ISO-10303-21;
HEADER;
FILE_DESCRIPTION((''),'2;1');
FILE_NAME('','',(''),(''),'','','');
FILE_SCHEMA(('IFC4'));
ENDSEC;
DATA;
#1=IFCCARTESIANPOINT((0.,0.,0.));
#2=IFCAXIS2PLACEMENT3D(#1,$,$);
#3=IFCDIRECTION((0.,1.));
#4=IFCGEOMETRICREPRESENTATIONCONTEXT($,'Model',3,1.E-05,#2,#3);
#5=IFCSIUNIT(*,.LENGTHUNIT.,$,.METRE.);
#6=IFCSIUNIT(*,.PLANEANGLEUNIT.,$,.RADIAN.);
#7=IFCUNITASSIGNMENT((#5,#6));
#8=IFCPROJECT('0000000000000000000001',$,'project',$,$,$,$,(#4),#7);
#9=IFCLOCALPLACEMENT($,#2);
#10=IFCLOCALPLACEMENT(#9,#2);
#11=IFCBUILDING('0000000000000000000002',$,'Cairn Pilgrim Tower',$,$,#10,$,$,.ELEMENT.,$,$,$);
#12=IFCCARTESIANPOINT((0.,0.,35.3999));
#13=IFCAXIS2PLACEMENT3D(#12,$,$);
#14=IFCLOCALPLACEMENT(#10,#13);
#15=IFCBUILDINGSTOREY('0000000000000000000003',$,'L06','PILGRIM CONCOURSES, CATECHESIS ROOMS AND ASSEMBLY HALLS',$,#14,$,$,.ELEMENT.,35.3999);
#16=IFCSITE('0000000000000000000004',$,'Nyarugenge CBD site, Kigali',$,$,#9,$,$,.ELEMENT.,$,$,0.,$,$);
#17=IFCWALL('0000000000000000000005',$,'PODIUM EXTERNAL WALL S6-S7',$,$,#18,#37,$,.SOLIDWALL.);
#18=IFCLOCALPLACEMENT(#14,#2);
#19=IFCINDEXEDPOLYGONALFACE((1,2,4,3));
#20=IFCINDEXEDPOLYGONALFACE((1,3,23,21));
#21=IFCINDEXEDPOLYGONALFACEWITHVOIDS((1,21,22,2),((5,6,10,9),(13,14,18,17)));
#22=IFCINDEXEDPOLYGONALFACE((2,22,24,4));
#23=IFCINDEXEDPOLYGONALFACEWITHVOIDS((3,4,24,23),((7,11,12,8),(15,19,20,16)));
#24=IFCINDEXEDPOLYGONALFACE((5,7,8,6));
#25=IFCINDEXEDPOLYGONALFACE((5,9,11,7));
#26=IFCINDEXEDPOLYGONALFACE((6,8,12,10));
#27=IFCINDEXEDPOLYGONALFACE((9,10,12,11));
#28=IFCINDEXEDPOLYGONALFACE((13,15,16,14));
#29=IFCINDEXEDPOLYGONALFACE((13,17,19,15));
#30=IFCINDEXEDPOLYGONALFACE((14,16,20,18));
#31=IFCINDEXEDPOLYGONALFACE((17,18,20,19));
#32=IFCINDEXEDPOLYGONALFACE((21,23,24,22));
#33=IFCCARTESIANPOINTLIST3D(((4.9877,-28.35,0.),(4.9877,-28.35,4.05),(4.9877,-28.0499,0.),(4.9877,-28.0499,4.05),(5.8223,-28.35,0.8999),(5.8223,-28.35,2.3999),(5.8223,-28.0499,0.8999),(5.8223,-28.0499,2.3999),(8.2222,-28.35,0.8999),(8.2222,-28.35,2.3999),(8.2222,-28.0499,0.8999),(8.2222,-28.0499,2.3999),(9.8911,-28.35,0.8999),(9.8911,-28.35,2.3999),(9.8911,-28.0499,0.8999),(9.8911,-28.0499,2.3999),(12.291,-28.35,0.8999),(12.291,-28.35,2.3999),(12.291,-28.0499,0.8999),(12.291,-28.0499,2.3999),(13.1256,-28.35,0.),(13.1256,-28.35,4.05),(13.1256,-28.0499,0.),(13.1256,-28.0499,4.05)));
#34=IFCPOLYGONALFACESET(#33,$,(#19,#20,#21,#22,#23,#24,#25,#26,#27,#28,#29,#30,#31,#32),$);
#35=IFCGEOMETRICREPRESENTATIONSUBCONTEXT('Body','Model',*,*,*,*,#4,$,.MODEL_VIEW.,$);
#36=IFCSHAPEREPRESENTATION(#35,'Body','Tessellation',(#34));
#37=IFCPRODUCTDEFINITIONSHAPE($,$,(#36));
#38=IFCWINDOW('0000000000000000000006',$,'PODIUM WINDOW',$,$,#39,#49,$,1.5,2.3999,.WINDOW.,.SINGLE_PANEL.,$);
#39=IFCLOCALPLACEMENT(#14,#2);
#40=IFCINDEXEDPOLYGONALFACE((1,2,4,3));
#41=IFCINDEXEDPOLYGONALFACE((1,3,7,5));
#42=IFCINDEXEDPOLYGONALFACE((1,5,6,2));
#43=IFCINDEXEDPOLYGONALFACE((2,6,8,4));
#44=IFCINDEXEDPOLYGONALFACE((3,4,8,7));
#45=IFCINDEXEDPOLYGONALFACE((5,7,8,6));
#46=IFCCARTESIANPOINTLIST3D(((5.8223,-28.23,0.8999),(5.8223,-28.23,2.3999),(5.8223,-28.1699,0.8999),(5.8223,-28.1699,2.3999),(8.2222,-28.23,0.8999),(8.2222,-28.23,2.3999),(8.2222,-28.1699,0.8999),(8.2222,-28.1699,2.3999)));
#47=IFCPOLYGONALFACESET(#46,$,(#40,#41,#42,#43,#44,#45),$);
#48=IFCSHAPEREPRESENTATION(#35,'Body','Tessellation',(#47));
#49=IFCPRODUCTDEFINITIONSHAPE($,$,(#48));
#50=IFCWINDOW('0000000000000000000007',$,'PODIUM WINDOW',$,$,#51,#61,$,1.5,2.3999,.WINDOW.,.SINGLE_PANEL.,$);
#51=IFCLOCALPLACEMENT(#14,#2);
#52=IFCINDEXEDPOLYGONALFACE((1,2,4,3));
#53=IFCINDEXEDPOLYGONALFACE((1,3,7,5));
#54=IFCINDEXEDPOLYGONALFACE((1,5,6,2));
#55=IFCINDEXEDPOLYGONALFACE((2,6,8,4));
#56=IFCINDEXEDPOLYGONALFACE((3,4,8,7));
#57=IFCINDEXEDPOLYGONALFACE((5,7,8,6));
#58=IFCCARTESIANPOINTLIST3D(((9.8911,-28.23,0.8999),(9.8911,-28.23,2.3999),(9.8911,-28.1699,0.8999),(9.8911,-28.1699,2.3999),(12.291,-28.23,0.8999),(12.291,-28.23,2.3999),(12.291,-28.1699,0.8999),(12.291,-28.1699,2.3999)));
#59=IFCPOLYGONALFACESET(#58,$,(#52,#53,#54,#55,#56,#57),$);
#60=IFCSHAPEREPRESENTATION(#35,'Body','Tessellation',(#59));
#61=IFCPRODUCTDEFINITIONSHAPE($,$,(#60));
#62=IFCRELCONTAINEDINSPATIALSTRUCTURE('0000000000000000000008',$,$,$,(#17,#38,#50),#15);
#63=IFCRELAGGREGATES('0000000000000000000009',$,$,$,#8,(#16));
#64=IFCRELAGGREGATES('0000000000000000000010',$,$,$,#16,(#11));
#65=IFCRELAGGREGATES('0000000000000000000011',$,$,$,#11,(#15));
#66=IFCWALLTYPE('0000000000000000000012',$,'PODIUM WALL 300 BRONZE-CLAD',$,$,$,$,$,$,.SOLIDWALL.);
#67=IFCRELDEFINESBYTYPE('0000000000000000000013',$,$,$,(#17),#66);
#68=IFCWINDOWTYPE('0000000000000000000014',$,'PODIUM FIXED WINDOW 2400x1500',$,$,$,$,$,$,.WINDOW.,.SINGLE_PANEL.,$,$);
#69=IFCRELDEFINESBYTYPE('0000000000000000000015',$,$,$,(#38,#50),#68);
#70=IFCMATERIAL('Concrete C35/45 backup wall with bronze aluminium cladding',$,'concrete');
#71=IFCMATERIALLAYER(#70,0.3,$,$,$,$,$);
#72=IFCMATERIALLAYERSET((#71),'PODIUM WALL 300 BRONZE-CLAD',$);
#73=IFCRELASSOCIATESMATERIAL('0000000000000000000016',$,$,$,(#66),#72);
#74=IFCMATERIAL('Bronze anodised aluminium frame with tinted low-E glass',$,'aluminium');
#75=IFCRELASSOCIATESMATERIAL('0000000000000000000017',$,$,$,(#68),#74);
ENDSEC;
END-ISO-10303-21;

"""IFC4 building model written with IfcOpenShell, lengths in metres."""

from ifc_helpers import new_model, si_unit, direction, frame, frame_2d, origin, place, context, subcontext, project, spatial, rectangle, extrude, material, layer, layer_set, type_object, element, fill, save


model = new_model("IFC4")

# Units and contexts
model_context = context("Model", 3, precision=1e-05, world=origin(), true_north=direction((0.0, 1.0)))
body_context = subcontext(model_context, "Body", "Model", "MODEL_VIEW")
ifc_project = project(units=[si_unit("LENGTHUNIT", "METRE"), si_unit("PLANEANGLEUNIT", "RADIAN")], contexts=[model_context])

# Site, building, storey
site_placement = place(None, origin())
site = spatial("IfcSite", under=ifc_project, at=site_placement, Name="Nyarugenge CBD site, Kigali", CompositionType="ELEMENT", RefElevation=0.0)
building_placement = place(site_placement, origin())
building = spatial("IfcBuilding", under=site, at=building_placement, Name="Cairn Pilgrim Tower", CompositionType="ELEMENT")
storey_placement = place(building_placement, frame((0.0, 0.0, 35.3999)))
storey = spatial("IfcBuildingStorey", under=building, at=storey_placement, Name="L06", Description="PILGRIM CONCOURSES, CATECHESIS ROOMS AND ASSEMBLY HALLS", CompositionType="ELEMENT", Elevation=35.3999)

# Wall, openings, windows
ifc_material_1 = material(Name="Concrete C35/45 backup wall with bronze aluminium cladding", Category="concrete")
ifc_layer_1 = layer(ifc_material_1, 0.3)
ifc_layer_set_1 = layer_set([ifc_layer_1], Name="PODIUM WALL 300 BRONZE-CLAD")
wall_type_1 = type_object("IfcWallType", Name="PODIUM WALL 300 BRONZE-CLAD", PredefinedType="SOLIDWALL", material=ifc_layer_set_1)
ifc_material_2 = material(Name="Bronze anodised aluminium frame with tinted low-E glass", Category="aluminium")
window_type = type_object("IfcWindowType", Name="PODIUM FIXED WINDOW 2400x1500", PartitioningType="SINGLE_PANEL", PredefinedType="WINDOW", material=ifc_material_2)
wall_1_placement = place(storey_placement, frame((4.9878, -28.2, 0.0), z_axis=(0.0, 0.0, 1.0), x_axis=(1.0, 0.0, 0.0)))
wall_1 = element("IfcWall", 1, at=wall_1_placement, inside=storey, type_object=wall_type_1, Name="PODIUM EXTERNAL WALL S6-S7", PredefinedType="SOLIDWALL", context=body_context, shape_type="SweptSolid", body=[
    extrude(rectangle(XDim=8.1379, YDim=0.3, at=frame_2d((4.0688, 0.0))), origin(), (0.0, 0.0, 1.0), 4.05),
])
opening_1_placement = place(wall_1_placement, frame((0.8345, 0.0, 0.8999)))
opening_1 = element("IfcOpeningElement", 2, at=opening_1_placement, cuts=wall_1, PredefinedType="OPENING", context=body_context, shape_type="SweptSolid", body=[
    extrude(rectangle(XDim=2.3999, YDim=1.5, at=frame_2d((1.2, 0.75))), frame((0.0, 0.1602, 0.0), z_axis=(0.0, -1.0, 0.0), x_axis=(1.0, 0.0, 0.0)), (0.0, 0.0, 1.0), 0.3201),
])
opening_2_placement = place(wall_1_placement, frame((4.9033, 0.0, 0.8999)))
opening_2 = element("IfcOpeningElement", 3, at=opening_2_placement, cuts=wall_1, PredefinedType="OPENING", context=body_context, shape_type="SweptSolid", body=[
    extrude(rectangle(XDim=2.3999, YDim=1.5, at=frame_2d((1.2, 0.75))), frame((0.0, 0.1602, 0.0), z_axis=(0.0, -1.0, 0.0), x_axis=(1.0, 0.0, 0.0)), (0.0, 0.0, 1.0), 0.3201),
])
window_1_placement = place(opening_1_placement, origin())
window_1 = element("IfcWindow", 4, at=window_1_placement, inside=storey, type_object=window_type, Name="PODIUM WINDOW", OverallHeight=1.5, OverallWidth=2.3999, PartitioningType="SINGLE_PANEL", PredefinedType="WINDOW", context=body_context, shape_type="SweptSolid", body=[
    extrude(rectangle(XDim=2.3999, YDim=1.5, at=frame_2d((1.2, 0.75))), frame((0.0, 0.03, 0.0), z_axis=(0.0, -1.0, 0.0), x_axis=(1.0, 0.0, 0.0)), (0.0, 0.0, 1.0), 0.0601),
])
fill(opening_1, window_1)
window_2_placement = place(opening_2_placement, origin())
window_2 = element("IfcWindow", 5, at=window_2_placement, inside=storey, type_object=window_type, Name="PODIUM WINDOW", OverallHeight=1.5, OverallWidth=2.3999, PartitioningType="SINGLE_PANEL", PredefinedType="WINDOW", context=body_context, shape_type="SweptSolid", body=[
    extrude(rectangle(XDim=2.3999, YDim=1.5, at=frame_2d((1.2, 0.75))), frame((0.0, 0.03, 0.0), z_axis=(0.0, -1.0, 0.0), x_axis=(1.0, 0.0, 0.0)), (0.0, 0.0, 1.0), 0.0601),
])
fill(opening_2, window_2)

save(model, "model.ifc")
